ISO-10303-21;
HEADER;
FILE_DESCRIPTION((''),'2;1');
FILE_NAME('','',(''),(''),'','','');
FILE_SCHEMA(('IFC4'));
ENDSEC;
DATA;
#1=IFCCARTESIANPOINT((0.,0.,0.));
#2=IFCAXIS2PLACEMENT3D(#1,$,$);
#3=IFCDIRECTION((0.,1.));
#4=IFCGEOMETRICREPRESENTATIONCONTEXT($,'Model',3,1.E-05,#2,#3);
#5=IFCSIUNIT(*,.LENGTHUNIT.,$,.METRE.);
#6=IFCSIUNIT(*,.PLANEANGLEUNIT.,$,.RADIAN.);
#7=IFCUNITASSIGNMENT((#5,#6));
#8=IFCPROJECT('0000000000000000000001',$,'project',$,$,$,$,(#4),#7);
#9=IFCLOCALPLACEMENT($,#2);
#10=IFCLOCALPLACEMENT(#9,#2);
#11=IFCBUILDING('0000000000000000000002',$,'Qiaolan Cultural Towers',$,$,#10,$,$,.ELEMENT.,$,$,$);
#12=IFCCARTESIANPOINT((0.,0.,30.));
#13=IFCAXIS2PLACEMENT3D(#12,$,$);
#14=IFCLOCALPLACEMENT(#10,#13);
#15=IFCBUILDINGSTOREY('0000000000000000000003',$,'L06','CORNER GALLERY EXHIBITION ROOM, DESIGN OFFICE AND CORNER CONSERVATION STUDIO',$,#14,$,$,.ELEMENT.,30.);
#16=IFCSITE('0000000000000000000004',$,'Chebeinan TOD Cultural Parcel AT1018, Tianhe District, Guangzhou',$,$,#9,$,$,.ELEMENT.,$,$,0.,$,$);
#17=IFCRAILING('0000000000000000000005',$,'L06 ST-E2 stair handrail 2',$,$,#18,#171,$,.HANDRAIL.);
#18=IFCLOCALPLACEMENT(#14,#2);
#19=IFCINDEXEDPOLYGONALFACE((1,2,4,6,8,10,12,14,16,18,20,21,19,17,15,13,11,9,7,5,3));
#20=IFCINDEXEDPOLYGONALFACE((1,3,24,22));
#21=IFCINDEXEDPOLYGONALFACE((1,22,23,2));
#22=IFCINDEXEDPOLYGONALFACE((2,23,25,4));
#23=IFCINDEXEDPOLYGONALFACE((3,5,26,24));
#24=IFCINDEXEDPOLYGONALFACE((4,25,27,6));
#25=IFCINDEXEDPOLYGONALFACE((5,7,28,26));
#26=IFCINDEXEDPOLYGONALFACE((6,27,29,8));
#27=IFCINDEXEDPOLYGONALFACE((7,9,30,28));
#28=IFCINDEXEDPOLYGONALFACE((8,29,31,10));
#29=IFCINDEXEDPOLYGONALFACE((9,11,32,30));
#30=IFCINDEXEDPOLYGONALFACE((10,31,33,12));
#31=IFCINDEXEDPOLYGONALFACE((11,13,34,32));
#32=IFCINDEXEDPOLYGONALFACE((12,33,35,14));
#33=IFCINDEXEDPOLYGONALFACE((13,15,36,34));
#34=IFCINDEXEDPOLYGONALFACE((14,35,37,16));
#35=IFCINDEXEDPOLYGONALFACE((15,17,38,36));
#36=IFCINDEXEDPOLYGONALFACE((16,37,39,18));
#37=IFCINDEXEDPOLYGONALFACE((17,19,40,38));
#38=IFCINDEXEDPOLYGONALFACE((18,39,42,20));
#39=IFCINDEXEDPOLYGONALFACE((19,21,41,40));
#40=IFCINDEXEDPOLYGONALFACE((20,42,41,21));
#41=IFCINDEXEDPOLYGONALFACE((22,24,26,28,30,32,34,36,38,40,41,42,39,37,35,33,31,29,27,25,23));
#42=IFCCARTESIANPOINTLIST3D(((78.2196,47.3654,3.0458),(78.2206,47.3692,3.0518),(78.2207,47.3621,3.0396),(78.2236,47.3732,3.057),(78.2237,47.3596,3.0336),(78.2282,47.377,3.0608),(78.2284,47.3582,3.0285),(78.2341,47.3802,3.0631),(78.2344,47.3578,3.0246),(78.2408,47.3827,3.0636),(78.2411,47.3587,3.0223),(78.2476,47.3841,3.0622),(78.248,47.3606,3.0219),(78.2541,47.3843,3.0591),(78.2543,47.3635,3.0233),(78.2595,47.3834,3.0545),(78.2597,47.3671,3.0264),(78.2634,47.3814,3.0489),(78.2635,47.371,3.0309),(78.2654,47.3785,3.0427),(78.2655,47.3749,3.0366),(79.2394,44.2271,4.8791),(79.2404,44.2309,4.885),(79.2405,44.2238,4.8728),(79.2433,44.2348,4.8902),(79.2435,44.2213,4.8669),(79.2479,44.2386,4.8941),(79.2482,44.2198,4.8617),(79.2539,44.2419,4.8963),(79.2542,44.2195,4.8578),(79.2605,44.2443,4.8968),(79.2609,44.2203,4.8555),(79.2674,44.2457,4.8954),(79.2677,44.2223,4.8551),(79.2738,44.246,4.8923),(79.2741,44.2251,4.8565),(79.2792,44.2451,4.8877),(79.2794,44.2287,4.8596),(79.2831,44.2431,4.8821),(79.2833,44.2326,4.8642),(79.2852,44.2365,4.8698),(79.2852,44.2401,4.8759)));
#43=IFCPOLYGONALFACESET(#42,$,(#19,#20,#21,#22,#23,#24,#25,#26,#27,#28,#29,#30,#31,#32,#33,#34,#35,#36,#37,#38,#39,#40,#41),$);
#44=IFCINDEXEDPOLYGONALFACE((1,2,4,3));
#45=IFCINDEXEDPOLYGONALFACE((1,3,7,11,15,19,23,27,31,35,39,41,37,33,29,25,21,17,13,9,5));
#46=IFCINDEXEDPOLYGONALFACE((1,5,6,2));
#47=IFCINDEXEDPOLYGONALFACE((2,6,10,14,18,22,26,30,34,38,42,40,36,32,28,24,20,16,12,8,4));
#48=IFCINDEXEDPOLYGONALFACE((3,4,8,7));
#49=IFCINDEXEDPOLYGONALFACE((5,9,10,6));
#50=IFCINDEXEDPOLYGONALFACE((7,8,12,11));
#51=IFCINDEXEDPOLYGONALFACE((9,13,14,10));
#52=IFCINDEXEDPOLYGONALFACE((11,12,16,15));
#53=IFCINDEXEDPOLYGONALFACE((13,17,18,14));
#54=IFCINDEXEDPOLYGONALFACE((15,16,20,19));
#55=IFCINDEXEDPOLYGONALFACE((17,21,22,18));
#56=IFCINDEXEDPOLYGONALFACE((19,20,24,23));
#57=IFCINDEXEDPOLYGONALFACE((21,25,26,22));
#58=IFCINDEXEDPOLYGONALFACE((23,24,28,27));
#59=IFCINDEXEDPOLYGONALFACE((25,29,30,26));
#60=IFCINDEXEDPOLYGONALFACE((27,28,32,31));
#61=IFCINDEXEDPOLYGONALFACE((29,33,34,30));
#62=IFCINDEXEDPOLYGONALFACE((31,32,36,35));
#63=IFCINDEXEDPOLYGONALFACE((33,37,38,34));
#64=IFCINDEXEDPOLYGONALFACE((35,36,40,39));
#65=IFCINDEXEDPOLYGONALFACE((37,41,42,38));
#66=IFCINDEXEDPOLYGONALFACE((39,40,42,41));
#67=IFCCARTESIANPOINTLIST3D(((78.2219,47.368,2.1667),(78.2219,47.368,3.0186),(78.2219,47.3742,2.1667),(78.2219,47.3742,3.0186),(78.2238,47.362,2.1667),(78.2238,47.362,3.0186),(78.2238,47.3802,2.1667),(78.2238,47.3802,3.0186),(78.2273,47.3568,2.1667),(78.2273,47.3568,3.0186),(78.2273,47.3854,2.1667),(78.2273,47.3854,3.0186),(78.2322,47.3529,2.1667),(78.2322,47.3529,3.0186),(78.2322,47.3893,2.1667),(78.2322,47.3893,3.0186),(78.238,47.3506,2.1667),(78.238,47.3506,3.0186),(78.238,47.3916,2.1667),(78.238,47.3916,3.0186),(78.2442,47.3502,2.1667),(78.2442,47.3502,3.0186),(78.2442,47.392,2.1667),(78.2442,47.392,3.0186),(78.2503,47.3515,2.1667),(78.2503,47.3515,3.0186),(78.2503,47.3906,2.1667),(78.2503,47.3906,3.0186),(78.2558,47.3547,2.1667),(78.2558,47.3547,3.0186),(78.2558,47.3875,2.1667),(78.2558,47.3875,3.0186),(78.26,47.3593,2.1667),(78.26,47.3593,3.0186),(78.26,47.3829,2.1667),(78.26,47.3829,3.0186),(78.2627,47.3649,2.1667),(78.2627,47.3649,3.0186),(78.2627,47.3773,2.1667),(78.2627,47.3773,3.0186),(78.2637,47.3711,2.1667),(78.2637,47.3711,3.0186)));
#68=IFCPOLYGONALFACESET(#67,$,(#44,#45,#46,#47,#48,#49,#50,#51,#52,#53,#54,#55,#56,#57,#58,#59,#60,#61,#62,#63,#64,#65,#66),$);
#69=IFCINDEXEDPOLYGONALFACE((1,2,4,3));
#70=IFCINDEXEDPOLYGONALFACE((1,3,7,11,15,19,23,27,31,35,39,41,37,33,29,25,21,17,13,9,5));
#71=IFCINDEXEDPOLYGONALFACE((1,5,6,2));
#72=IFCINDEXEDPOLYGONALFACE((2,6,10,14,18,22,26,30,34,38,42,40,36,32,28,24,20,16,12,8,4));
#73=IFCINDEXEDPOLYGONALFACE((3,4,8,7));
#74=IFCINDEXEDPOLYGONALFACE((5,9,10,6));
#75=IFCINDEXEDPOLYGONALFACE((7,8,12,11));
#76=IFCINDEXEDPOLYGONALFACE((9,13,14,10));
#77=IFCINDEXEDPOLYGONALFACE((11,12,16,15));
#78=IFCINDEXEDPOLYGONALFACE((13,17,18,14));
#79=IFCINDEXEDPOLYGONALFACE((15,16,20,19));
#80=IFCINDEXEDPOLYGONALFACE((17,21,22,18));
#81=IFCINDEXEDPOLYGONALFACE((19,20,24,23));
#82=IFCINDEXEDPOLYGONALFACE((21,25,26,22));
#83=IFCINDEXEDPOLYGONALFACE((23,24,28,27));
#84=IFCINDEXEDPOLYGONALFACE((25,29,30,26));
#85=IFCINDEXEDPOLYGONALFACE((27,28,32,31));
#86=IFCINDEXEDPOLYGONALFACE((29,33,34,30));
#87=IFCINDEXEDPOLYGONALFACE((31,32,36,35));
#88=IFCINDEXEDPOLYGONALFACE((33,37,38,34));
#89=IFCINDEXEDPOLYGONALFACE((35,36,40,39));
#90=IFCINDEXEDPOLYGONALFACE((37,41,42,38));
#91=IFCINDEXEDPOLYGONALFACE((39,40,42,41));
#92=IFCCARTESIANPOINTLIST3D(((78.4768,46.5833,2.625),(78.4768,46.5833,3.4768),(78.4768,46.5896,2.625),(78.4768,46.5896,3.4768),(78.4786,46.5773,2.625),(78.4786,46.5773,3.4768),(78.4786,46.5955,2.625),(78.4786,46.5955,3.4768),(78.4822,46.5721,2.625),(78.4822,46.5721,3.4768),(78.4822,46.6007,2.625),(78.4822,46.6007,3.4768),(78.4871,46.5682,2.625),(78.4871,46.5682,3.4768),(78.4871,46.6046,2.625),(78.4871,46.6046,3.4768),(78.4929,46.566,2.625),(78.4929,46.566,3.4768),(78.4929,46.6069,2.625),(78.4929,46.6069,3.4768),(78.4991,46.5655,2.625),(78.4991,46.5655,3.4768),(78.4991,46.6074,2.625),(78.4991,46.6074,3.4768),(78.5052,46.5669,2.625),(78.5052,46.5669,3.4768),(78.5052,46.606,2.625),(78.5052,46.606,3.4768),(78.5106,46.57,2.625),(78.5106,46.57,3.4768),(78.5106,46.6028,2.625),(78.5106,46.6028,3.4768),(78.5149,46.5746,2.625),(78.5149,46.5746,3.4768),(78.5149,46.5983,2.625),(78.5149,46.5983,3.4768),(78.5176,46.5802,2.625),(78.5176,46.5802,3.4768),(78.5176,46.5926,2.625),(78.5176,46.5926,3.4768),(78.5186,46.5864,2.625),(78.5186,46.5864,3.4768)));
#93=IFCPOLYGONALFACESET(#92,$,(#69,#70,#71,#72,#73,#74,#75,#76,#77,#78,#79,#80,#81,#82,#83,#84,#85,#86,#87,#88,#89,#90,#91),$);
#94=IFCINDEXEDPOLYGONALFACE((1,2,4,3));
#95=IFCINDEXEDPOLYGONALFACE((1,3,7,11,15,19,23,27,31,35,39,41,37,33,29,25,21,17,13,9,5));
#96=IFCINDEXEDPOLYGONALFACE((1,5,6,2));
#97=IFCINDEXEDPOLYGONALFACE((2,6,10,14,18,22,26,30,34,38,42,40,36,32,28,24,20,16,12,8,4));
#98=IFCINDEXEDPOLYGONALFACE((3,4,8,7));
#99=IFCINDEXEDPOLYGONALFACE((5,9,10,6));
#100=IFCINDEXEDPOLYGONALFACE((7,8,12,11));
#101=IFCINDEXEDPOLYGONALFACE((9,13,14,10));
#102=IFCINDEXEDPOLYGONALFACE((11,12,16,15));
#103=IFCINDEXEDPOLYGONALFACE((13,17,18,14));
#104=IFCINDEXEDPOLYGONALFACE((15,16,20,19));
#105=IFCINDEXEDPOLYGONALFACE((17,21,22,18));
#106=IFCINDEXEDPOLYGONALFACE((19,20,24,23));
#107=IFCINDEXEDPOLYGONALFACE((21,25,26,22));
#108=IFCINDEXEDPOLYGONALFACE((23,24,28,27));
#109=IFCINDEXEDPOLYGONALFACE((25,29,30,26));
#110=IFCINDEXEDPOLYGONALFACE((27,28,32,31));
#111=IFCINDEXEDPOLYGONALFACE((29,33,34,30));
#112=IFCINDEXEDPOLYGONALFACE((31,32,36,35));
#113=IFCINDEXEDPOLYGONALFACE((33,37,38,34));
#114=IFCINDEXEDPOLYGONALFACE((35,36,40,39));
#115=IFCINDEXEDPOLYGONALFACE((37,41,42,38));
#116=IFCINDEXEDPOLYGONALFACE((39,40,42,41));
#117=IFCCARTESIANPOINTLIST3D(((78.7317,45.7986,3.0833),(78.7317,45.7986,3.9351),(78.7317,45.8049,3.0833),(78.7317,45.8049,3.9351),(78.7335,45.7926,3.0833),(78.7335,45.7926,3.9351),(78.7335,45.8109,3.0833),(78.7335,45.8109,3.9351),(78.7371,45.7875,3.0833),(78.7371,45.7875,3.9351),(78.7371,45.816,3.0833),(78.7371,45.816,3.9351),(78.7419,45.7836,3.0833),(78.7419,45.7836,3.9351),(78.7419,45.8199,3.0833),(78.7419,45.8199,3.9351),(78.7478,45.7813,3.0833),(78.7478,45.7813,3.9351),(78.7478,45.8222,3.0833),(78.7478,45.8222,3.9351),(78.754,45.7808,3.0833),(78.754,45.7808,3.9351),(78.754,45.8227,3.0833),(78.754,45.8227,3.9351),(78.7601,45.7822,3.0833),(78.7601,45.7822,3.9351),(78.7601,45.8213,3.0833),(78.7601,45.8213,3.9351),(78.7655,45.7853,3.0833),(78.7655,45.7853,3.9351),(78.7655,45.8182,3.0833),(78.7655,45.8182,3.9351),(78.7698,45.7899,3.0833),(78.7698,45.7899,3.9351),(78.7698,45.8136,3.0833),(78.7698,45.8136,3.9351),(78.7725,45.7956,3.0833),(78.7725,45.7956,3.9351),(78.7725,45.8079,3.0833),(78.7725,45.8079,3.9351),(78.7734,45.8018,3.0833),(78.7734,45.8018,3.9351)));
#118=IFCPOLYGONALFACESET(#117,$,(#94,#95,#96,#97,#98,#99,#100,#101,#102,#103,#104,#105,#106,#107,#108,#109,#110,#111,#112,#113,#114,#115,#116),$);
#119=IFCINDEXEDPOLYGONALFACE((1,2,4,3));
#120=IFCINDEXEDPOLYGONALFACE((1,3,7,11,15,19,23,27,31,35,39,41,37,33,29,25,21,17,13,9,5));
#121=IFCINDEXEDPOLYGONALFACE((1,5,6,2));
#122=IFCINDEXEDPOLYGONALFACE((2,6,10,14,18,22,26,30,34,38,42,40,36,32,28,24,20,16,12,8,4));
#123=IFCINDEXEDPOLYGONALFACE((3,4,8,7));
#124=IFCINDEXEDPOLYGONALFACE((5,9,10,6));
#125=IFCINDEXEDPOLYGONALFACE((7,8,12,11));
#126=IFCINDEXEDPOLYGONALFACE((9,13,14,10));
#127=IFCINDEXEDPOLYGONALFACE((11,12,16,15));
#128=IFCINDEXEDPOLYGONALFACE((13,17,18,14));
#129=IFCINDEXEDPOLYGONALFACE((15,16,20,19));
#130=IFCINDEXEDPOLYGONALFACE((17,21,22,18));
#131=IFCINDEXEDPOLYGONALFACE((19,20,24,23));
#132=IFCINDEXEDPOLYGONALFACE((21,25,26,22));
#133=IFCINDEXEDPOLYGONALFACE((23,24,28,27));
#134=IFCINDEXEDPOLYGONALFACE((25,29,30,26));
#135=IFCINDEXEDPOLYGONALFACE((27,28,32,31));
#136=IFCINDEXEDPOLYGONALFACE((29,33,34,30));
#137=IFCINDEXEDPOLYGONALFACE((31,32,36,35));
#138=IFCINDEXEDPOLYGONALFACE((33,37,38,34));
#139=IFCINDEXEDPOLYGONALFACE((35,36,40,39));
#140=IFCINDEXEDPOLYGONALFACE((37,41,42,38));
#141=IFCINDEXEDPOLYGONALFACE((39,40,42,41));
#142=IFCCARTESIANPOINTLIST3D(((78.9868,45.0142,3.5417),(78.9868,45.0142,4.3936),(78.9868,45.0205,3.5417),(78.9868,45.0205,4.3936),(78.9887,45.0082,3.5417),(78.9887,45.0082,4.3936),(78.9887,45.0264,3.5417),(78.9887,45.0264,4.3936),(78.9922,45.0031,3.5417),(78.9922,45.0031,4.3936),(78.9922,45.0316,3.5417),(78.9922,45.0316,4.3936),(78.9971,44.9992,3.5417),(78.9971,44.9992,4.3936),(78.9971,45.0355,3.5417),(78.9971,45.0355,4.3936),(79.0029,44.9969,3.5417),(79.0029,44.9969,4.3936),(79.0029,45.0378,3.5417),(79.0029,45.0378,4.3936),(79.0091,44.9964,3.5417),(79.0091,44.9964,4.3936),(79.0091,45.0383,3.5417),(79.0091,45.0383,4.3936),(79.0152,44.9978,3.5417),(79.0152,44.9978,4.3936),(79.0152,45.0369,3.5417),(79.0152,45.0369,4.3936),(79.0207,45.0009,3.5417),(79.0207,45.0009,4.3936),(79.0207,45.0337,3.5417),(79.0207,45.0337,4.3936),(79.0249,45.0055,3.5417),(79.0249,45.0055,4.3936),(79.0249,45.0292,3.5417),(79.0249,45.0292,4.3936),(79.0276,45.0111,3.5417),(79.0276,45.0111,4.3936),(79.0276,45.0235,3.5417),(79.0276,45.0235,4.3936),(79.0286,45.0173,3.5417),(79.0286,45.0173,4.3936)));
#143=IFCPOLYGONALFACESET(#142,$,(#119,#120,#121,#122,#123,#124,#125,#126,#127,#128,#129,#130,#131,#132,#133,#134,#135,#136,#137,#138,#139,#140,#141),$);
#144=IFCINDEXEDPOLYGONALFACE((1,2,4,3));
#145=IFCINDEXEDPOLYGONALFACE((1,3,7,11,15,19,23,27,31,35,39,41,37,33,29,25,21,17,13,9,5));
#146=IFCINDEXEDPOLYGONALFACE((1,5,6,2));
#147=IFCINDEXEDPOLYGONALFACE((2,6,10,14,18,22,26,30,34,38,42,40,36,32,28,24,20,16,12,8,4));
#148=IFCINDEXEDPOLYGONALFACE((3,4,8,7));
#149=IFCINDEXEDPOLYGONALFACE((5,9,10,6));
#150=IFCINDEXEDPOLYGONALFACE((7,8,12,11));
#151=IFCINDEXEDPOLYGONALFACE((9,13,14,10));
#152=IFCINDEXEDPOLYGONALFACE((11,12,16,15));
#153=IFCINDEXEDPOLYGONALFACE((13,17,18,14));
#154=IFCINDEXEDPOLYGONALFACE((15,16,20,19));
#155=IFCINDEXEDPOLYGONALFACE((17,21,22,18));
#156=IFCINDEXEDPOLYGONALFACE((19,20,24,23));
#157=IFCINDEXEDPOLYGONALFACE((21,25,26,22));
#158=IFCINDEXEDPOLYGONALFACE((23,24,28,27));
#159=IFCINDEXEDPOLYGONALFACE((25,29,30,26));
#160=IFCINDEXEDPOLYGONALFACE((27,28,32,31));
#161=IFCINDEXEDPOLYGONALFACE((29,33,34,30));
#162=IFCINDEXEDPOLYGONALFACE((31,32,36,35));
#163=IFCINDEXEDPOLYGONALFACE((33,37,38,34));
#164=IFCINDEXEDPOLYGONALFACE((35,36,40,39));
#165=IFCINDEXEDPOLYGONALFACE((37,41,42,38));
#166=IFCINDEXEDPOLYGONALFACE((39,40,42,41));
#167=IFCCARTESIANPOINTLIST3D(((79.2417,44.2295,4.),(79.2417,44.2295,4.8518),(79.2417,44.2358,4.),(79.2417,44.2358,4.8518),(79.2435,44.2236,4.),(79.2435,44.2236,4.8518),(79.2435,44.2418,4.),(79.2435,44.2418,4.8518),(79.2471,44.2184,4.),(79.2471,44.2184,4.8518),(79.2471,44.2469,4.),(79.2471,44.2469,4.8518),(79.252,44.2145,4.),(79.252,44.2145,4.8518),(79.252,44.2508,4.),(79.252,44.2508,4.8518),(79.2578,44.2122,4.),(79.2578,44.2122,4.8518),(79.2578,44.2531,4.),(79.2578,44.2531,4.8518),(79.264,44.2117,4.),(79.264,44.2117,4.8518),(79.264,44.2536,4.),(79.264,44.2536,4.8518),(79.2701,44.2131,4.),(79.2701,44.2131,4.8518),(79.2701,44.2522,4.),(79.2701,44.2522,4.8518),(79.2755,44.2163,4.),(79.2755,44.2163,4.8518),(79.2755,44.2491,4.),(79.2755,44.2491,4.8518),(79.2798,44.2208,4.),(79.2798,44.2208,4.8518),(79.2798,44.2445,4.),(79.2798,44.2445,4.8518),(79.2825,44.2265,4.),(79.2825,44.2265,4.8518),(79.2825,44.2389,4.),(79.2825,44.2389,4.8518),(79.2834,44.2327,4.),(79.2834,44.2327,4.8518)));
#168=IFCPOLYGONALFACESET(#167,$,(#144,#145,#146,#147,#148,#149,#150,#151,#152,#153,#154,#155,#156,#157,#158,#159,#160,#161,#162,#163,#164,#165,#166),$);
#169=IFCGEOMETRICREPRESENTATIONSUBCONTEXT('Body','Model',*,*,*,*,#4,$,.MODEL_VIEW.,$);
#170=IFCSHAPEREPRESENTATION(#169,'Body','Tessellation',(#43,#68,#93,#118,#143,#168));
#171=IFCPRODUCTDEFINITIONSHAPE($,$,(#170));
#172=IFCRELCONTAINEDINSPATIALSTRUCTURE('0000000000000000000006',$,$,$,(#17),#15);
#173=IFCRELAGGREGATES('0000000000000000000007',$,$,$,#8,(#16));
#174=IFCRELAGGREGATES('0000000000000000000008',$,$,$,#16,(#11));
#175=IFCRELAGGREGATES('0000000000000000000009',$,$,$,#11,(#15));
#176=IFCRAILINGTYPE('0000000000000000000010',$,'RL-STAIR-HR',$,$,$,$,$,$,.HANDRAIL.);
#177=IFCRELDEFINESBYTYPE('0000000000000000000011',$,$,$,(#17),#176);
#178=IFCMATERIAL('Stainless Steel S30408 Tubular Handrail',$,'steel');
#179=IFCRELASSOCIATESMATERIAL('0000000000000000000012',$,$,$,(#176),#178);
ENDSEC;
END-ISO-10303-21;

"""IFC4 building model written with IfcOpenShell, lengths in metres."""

from ifc_helpers import new_model, si_unit, direction, frame, origin, origin_2d, place, context, subcontext, project, spatial, circle, extrude, material, type_object, element, save


model = new_model("IFC4")

# Units and contexts
model_context = context("Model", 3, precision=1e-05, world=origin(), true_north=direction((0.0, 1.0)))
body_context = subcontext(model_context, "Body", "Model", "MODEL_VIEW")
ifc_project = project(units=[si_unit("LENGTHUNIT", "METRE"), si_unit("PLANEANGLEUNIT", "RADIAN")], contexts=[model_context])

# Site, building, storey
site_placement = place(None, origin())
site = spatial("IfcSite", under=ifc_project, at=site_placement, Name="Chebeinan TOD Cultural Parcel AT1018, Tianhe District, Guangzhou", CompositionType="ELEMENT", RefElevation=0.0)
building_placement = place(site_placement, origin())
building = spatial("IfcBuilding", under=site, at=building_placement, Name="Qiaolan Cultural Towers", CompositionType="ELEMENT")
storey_placement = place(building_placement, frame((0.0, 0.0, 30.0)))
storey = spatial("IfcBuildingStorey", under=building, at=storey_placement, Name="L06", Description="CORNER GALLERY EXHIBITION ROOM, DESIGN OFFICE AND CORNER CONSERVATION STUDIO", CompositionType="ELEMENT", Elevation=30.0)

# Railing
ifc_material_1 = material(Name="Stainless Steel S30408 Tubular Handrail", Category="steel")
railing_type = type_object("IfcRailingType", Name="RL-STAIR-HR", PredefinedType="HANDRAIL", material=ifc_material_1)
railing_placement = place(storey_placement, frame((78.2427, 47.3711, 2.1667)))
element("IfcRailing", 1, at=railing_placement, inside=storey, type_object=railing_type, Name="L06 ST-E2 stair handrail 2", PredefinedType="HANDRAIL", context=body_context, shape_type="SweptSolid", body=[
    extrude(circle(Radius=0.0239, at=origin_2d()), frame((0.0, 0.0, 0.876), z_axis=(0.270141, -0.831376, 0.485632), x_axis=(0.951053, 0.309028, 0.0)), (0.0, 0.0, 1.0), 3.7749),
    extrude(circle(Radius=0.021, at=origin_2d()), origin(), (0.0, 0.0, 1.0), 0.8518),
    extrude(circle(Radius=0.021, at=origin_2d()), frame((0.2549, -0.7847, 0.4583)), (0.0, 0.0, 1.0), 0.8518),
    extrude(circle(Radius=0.021, at=origin_2d()), frame((0.5098, -1.5693, 0.9165)), (0.0, 0.0, 1.0), 0.8518),
    extrude(circle(Radius=0.021, at=origin_2d()), frame((0.7649, -2.3538, 1.375)), (0.0, 0.0, 1.0), 0.8518),
    extrude(circle(Radius=0.021, at=origin_2d()), frame((1.0198, -3.1384, 1.8333)), (0.0, 0.0, 1.0), 0.8518),
])

save(model, "model.ifc")
